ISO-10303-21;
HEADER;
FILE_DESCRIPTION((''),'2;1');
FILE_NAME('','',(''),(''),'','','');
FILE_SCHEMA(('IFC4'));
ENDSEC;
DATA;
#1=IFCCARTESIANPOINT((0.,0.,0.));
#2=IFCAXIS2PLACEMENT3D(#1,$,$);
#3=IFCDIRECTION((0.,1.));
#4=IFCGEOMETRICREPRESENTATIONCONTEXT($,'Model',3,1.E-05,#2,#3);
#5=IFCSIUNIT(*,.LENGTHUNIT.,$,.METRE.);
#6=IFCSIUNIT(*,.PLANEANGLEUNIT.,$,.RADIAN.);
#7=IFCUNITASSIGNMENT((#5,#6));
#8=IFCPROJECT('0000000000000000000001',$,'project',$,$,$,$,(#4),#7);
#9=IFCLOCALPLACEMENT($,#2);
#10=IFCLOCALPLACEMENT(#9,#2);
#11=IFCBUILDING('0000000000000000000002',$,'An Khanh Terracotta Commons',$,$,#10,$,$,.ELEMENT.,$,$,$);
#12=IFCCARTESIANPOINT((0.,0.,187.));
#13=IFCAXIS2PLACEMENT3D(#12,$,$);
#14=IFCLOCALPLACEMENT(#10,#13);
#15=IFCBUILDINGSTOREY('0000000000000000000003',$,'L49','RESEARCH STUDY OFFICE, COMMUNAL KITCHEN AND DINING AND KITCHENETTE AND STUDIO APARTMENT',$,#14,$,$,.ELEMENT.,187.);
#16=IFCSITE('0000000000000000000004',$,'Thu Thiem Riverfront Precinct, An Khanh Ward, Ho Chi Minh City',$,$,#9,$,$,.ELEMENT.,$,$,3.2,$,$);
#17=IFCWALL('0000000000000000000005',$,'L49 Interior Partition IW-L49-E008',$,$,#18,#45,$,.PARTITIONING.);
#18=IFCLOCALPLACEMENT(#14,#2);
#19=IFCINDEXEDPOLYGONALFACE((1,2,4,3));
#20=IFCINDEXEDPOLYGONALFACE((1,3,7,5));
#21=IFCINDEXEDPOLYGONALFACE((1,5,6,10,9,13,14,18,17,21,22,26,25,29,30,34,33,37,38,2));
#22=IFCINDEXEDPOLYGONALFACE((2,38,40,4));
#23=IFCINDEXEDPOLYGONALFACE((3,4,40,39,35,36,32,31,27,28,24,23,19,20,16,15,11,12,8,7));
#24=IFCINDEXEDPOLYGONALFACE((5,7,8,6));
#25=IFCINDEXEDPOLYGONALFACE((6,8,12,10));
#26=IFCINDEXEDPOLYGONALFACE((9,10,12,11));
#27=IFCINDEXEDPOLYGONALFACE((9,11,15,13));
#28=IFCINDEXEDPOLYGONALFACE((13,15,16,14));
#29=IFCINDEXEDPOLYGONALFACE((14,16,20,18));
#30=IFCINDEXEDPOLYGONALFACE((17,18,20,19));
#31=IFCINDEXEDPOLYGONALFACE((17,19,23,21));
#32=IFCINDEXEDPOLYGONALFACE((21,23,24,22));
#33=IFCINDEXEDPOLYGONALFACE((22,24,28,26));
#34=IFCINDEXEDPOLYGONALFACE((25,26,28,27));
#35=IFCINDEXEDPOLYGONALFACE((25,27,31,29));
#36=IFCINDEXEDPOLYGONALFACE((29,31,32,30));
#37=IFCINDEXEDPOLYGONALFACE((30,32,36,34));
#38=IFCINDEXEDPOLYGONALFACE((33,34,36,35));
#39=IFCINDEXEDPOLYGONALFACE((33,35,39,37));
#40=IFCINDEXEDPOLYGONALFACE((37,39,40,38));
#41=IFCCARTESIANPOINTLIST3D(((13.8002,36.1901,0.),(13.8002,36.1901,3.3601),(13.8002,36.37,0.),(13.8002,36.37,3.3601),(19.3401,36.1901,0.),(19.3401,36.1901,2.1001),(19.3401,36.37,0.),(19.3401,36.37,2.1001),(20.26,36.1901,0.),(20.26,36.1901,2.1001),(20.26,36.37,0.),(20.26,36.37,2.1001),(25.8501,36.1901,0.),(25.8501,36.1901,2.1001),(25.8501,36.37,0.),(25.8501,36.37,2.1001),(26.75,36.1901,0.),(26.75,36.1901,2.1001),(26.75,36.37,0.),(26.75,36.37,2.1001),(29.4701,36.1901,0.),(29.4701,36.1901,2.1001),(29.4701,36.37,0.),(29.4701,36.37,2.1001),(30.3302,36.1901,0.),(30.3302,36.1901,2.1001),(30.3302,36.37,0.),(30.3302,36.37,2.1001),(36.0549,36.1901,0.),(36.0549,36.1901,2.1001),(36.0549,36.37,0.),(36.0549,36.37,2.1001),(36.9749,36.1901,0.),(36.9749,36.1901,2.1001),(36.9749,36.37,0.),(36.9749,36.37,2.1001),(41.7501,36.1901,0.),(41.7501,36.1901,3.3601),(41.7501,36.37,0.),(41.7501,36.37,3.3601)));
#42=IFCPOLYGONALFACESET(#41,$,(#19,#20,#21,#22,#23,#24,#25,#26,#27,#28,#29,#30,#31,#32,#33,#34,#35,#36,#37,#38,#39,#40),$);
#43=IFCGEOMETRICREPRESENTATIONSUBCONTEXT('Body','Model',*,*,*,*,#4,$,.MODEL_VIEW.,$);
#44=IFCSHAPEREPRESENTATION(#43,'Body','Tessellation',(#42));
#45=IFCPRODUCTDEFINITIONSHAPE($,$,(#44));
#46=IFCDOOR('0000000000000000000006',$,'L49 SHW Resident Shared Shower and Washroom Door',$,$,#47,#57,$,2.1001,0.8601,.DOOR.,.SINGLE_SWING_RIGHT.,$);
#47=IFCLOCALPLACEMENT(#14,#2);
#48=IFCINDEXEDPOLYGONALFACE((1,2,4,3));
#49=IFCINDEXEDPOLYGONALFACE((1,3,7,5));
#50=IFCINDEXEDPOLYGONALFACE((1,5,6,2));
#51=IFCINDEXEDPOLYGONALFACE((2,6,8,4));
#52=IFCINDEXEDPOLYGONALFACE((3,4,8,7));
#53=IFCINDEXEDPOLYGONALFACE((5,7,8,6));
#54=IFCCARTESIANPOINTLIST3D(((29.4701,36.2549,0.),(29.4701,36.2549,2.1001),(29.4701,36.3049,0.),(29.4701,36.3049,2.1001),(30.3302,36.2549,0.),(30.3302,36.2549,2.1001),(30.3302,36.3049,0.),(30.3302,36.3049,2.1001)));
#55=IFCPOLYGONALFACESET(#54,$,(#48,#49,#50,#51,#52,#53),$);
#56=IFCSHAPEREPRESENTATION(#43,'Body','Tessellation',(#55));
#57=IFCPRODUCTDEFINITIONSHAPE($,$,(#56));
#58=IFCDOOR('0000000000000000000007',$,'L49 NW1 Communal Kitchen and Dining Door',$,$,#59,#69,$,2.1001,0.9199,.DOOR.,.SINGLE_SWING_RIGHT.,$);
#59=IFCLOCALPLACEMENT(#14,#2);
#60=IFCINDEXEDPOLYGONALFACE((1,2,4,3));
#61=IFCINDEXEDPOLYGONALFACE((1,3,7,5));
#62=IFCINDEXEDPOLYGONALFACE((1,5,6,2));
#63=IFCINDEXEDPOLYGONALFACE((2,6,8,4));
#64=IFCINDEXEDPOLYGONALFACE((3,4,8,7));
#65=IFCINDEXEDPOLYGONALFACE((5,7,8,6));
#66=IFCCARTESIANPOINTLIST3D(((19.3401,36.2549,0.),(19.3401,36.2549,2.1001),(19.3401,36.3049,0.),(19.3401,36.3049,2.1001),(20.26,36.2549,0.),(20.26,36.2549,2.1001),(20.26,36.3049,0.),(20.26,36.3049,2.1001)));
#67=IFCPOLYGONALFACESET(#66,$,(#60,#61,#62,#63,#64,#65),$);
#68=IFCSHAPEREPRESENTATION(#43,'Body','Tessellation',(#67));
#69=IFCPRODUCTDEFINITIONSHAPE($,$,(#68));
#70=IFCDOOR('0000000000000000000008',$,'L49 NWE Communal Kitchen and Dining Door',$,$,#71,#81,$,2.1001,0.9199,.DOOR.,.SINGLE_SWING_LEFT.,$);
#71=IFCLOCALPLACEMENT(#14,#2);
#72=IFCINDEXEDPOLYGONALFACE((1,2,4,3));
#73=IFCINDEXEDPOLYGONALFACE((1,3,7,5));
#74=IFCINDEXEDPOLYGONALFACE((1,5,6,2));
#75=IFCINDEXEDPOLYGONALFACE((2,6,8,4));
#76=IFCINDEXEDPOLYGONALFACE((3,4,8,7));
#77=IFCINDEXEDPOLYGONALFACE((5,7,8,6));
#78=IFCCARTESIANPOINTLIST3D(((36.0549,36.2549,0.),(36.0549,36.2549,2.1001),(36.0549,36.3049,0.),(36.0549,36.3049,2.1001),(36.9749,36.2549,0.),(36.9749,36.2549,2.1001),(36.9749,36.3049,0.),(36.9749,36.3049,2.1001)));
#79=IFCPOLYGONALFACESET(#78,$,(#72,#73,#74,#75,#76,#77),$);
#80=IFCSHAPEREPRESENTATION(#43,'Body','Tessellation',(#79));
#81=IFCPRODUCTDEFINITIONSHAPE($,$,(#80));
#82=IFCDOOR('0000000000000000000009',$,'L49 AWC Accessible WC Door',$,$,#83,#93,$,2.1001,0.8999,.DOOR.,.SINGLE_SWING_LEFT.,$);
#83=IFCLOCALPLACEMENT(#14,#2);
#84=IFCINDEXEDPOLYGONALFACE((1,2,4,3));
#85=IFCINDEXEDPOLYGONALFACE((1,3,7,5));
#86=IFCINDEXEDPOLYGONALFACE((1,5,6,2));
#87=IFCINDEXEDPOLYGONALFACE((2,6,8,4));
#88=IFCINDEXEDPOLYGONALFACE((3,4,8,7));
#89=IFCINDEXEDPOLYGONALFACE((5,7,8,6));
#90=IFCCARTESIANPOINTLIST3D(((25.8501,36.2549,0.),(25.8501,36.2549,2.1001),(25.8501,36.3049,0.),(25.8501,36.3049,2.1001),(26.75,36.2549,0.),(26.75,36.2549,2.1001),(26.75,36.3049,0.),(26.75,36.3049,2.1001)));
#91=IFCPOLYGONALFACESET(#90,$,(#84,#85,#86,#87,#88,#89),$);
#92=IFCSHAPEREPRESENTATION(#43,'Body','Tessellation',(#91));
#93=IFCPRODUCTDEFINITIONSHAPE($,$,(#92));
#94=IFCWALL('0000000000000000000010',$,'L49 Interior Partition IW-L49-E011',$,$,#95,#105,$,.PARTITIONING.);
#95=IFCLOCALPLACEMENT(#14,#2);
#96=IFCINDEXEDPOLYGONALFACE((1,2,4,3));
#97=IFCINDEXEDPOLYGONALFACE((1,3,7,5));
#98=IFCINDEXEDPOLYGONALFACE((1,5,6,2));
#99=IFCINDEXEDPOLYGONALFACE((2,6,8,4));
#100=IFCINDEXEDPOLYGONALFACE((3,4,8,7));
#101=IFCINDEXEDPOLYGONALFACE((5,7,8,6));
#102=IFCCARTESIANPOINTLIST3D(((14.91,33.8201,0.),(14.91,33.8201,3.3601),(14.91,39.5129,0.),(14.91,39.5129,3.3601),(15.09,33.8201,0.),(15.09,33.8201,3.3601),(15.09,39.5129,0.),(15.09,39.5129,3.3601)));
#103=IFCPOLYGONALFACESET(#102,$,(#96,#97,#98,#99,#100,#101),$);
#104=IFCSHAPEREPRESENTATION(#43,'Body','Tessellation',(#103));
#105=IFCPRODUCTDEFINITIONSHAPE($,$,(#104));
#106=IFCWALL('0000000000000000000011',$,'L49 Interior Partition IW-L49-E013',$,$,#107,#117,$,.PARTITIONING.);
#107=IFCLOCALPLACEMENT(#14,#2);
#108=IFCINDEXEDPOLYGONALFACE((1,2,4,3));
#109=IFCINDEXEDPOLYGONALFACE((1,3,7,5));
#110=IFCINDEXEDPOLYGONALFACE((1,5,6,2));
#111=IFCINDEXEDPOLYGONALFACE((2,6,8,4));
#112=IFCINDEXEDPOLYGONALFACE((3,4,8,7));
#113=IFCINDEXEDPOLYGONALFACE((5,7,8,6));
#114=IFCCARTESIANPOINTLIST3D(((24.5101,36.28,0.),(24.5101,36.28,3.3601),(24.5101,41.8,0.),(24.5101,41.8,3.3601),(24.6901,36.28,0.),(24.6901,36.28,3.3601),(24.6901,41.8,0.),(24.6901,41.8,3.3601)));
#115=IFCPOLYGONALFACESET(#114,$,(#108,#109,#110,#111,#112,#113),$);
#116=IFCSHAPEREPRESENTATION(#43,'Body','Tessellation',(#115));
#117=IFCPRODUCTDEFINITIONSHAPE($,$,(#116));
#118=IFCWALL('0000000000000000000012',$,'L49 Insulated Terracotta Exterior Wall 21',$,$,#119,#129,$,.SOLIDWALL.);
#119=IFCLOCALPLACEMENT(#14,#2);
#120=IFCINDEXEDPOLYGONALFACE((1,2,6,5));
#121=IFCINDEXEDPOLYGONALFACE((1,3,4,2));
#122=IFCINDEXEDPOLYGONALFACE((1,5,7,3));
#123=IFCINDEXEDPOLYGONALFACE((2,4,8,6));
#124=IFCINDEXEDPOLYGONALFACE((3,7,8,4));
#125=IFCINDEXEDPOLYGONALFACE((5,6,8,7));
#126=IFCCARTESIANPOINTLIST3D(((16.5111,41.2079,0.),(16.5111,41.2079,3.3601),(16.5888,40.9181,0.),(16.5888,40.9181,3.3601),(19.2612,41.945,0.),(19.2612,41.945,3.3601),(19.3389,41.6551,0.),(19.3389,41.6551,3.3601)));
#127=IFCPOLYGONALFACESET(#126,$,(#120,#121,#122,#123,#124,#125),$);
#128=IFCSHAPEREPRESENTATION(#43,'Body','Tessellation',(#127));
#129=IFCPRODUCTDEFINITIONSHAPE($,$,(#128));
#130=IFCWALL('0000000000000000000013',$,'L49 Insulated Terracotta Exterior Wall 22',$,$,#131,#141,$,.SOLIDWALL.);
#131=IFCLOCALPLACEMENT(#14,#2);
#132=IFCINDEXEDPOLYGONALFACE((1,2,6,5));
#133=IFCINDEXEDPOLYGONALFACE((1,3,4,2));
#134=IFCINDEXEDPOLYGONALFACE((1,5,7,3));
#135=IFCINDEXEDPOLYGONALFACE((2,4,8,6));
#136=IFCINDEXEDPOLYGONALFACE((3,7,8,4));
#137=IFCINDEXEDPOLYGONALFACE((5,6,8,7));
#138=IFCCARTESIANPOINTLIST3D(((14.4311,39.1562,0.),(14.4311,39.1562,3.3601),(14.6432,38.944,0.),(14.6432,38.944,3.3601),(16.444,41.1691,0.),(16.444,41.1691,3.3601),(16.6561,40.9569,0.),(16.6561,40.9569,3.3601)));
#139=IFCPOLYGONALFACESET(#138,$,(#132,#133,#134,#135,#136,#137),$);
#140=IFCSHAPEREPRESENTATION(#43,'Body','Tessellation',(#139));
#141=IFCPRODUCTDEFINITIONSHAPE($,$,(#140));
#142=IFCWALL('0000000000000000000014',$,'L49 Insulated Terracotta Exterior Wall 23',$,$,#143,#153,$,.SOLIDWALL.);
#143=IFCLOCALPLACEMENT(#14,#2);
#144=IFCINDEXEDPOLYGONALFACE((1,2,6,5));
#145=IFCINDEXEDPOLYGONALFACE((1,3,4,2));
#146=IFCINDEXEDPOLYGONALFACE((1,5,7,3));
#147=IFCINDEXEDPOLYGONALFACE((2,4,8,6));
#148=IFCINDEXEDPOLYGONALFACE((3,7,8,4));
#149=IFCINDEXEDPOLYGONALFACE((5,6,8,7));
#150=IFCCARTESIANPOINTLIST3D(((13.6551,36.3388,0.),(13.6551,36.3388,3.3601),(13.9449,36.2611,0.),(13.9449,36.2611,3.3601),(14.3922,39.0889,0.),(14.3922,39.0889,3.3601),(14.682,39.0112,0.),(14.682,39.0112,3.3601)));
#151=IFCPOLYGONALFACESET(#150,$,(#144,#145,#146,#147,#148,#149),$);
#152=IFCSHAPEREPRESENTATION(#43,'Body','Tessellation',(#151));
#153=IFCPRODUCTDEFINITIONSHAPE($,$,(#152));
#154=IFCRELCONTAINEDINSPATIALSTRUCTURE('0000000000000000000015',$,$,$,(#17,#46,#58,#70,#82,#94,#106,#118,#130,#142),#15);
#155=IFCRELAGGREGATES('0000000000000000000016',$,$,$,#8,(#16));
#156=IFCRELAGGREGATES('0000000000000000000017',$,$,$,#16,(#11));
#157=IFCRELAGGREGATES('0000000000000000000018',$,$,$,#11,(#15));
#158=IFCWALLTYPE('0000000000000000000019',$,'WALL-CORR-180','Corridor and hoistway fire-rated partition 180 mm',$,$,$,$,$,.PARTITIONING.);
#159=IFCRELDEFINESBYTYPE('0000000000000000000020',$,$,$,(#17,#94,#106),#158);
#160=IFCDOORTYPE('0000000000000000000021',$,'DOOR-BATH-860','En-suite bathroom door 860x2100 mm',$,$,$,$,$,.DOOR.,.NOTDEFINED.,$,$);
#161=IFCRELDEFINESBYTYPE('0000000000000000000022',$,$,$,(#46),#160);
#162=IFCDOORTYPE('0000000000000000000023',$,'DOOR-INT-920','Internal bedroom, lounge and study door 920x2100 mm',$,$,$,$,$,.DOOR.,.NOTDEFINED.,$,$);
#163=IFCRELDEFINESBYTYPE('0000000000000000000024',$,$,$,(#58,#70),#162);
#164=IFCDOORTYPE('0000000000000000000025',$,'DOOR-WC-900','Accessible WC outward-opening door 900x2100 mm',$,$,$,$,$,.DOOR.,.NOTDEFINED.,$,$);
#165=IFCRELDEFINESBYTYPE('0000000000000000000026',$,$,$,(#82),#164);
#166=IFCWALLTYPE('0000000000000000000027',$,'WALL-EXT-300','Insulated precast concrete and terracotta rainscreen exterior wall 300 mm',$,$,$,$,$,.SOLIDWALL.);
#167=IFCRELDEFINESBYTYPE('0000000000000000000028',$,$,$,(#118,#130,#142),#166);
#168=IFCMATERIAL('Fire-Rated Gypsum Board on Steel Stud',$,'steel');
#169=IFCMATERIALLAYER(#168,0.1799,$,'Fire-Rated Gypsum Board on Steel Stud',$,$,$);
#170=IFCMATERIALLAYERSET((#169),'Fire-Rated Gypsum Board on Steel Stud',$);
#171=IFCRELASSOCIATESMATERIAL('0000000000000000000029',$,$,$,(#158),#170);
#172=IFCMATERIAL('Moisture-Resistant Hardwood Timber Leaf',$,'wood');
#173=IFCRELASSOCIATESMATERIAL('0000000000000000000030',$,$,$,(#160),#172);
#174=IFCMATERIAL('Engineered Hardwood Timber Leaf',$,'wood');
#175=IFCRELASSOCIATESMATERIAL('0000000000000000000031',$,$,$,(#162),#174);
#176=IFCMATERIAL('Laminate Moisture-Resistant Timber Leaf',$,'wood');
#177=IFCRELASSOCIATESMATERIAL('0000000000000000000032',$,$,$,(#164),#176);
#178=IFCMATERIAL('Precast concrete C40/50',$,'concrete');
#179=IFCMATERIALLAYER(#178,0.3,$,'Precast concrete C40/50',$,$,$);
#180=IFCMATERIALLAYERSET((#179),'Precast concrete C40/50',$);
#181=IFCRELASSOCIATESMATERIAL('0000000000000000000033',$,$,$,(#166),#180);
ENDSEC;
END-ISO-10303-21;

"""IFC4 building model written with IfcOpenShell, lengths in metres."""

from ifc_helpers import new_model, si_unit, direction, frame, frame_2d, origin, place, context, subcontext, project, spatial, rectangle, extrude, material, layer, layer_set, type_object, element, fill, save


model = new_model("IFC4")

# Units and contexts
model_context = context("Model", 3, precision=1e-05, world=origin(), true_north=direction((0.0, 1.0)))
body_context = subcontext(model_context, "Body", "Model", "MODEL_VIEW")
ifc_project = project(units=[si_unit("LENGTHUNIT", "METRE"), si_unit("PLANEANGLEUNIT", "RADIAN")], contexts=[model_context])

# Site, building, storey
site_placement = place(None, origin())
site = spatial("IfcSite", under=ifc_project, at=site_placement, Name="Thu Thiem Riverfront Precinct, An Khanh Ward, Ho Chi Minh City", CompositionType="ELEMENT", RefElevation=3.2)
building_placement = place(site_placement, origin())
building = spatial("IfcBuilding", under=site, at=building_placement, Name="An Khanh Terracotta Commons", CompositionType="ELEMENT")
storey_placement = place(building_placement, frame((0.0, 0.0, 187.0)))
storey = spatial("IfcBuildingStorey", under=building, at=storey_placement, Name="L49", Description="RESEARCH STUDY OFFICE, COMMUNAL KITCHEN AND DINING AND KITCHENETTE AND STUDIO APARTMENT", CompositionType="ELEMENT", Elevation=187.0)

# Shared definitions
ifc_material_1 = material(Name="Fire-Rated Gypsum Board on Steel Stud", Category="steel")
ifc_layer_1 = layer(ifc_material_1, 0.1799, Name="Fire-Rated Gypsum Board on Steel Stud")
ifc_layer_set_1 = layer_set([ifc_layer_1], Name="Fire-Rated Gypsum Board on Steel Stud")
wall_type_1 = type_object("IfcWallType", Name="WALL-CORR-180", Description="Corridor and hoistway fire-rated partition 180 mm", PredefinedType="PARTITIONING", material=ifc_layer_set_1)

# Wall, openings, doors
wall_1_placement = place(storey_placement, frame((13.8, 36.28, 0.0), z_axis=(0.0, 0.0, 1.0), x_axis=(1.0, 0.0, 0.0)))
wall_1 = element("IfcWall", 1, at=wall_1_placement, inside=storey, type_object=wall_type_1, Name="L49 Interior Partition IW-L49-E008", PredefinedType="PARTITIONING", context=body_context, shape_type="SweptSolid", body=[
    extrude(rectangle(XDim=27.95, YDim=0.1799, at=frame_2d((13.9751, 0.0))), origin(), (0.0, 0.0, 1.0), 3.3601),
])
opening_1_placement = place(wall_1_placement, frame((12.05, 0.0, 0.0)))
opening_1 = element("IfcOpeningElement", 2, at=opening_1_placement, cuts=wall_1, PredefinedType="OPENING", context=body_context, shape_type="SweptSolid", body=[
    extrude(rectangle(XDim=0.8999, YDim=2.1001, at=frame_2d((0.45, 1.05))), frame((0.0, 0.0999, 0.0), z_axis=(0.0, -1.0, 0.0), x_axis=(1.0, 0.0, 0.0)), (0.0, 0.0, 1.0), 0.2),
])
opening_2_placement = place(wall_1_placement, frame((15.6699, 0.0, 0.0)))
opening_2 = element("IfcOpeningElement", 3, at=opening_2_placement, cuts=wall_1, PredefinedType="OPENING", context=body_context, shape_type="SweptSolid", body=[
    extrude(rectangle(XDim=0.8601, YDim=2.1001, at=frame_2d((0.4302, 1.05))), frame((0.0, 0.0999, 0.0), z_axis=(0.0, -1.0, 0.0), x_axis=(1.0, 0.0, 0.0)), (0.0, 0.0, 1.0), 0.2),
])
opening_3_placement = place(wall_1_placement, frame((5.54, 0.0, 0.0)))
opening_3 = element("IfcOpeningElement", 4, at=opening_3_placement, cuts=wall_1, PredefinedType="OPENING", context=body_context, shape_type="SweptSolid", body=[
    extrude(rectangle(XDim=0.9199, YDim=2.1001, at=frame_2d((0.46, 1.05))), frame((0.0, 0.0999, 0.0), z_axis=(0.0, -1.0, 0.0), x_axis=(1.0, 0.0, 0.0)), (0.0, 0.0, 1.0), 0.2),
])
opening_4_placement = place(wall_1_placement, frame((22.2549, 0.0, 0.0)))
opening_4 = element("IfcOpeningElement", 5, at=opening_4_placement, cuts=wall_1, PredefinedType="OPENING", context=body_context, shape_type="SweptSolid", body=[
    extrude(rectangle(XDim=0.9199, YDim=2.1001, at=frame_2d((0.46, 1.05))), frame((0.0, 0.0999, 0.0), z_axis=(0.0, -1.0, 0.0), x_axis=(1.0, 0.0, 0.0)), (0.0, 0.0, 1.0), 0.2),
])
ifc_material_2 = material(Name="Moisture-Resistant Hardwood Timber Leaf", Category="wood")
door_type_1 = type_object("IfcDoorType", Name="DOOR-BATH-860", Description="En-suite bathroom door 860x2100 mm", OperationType="NOTDEFINED", PredefinedType="DOOR", material=ifc_material_2)
door_1_placement = place(opening_2_placement, origin())
door_1 = element("IfcDoor", 6, at=door_1_placement, inside=storey, type_object=door_type_1, Name="L49 SHW Resident Shared Shower and Washroom Door", OperationType="SINGLE_SWING_RIGHT", OverallHeight=2.1001, OverallWidth=0.8601, PredefinedType="DOOR", context=body_context, shape_type="SweptSolid", body=[
    extrude(rectangle(XDim=0.8601, YDim=2.1001, at=frame_2d((0.4302, 1.05))), frame((0.0, 0.0249, 0.0), z_axis=(0.0, -1.0, 0.0), x_axis=(1.0, 0.0, 0.0)), (0.0, 0.0, 1.0), 0.05),
])
fill(opening_2, door_1)
ifc_material_3 = material(Name="Engineered Hardwood Timber Leaf", Category="wood")
door_type_2 = type_object("IfcDoorType", Name="DOOR-INT-920", Description="Internal bedroom, lounge and study door 920x2100 mm", OperationType="NOTDEFINED", PredefinedType="DOOR", material=ifc_material_3)
door_2_placement = place(opening_3_placement, origin())
door_2 = element("IfcDoor", 7, at=door_2_placement, inside=storey, type_object=door_type_2, Name="L49 NW1 Communal Kitchen and Dining Door", OperationType="SINGLE_SWING_RIGHT", OverallHeight=2.1001, OverallWidth=0.9199, PredefinedType="DOOR", context=body_context, shape_type="SweptSolid", body=[
    extrude(rectangle(XDim=0.9199, YDim=2.1001, at=frame_2d((0.46, 1.05))), frame((0.0, 0.0249, 0.0), z_axis=(0.0, -1.0, 0.0), x_axis=(1.0, 0.0, 0.0)), (0.0, 0.0, 1.0), 0.05),
])
fill(opening_3, door_2)
door_3_placement = place(opening_4_placement, origin())
door_3 = element("IfcDoor", 8, at=door_3_placement, inside=storey, type_object=door_type_2, Name="L49 NWE Communal Kitchen and Dining Door", OperationType="SINGLE_SWING_LEFT", OverallHeight=2.1001, OverallWidth=0.9199, PredefinedType="DOOR", context=body_context, shape_type="SweptSolid", body=[
    extrude(rectangle(XDim=0.9199, YDim=2.1001, at=frame_2d((0.46, 1.05))), frame((0.0, 0.0249, 0.0), z_axis=(0.0, -1.0, 0.0), x_axis=(1.0, 0.0, 0.0)), (0.0, 0.0, 1.0), 0.05),
])
fill(opening_4, door_3)
ifc_material_4 = material(Name="Laminate Moisture-Resistant Timber Leaf", Category="wood")
door_type_3 = type_object("IfcDoorType", Name="DOOR-WC-900", Description="Accessible WC outward-opening door 900x2100 mm", OperationType="NOTDEFINED", PredefinedType="DOOR", material=ifc_material_4)
door_4_placement = place(opening_1_placement, origin())
door_4 = element("IfcDoor", 9, at=door_4_placement, inside=storey, type_object=door_type_3, Name="L49 AWC Accessible WC Door", OperationType="SINGLE_SWING_LEFT", OverallHeight=2.1001, OverallWidth=0.8999, PredefinedType="DOOR", context=body_context, shape_type="SweptSolid", body=[
    extrude(rectangle(XDim=0.8999, YDim=2.1001, at=frame_2d((0.45, 1.05))), frame((0.0, 0.0249, 0.0), z_axis=(0.0, -1.0, 0.0), x_axis=(1.0, 0.0, 0.0)), (0.0, 0.0, 1.0), 0.05),
])
fill(opening_1, door_4)

# Walls
wall_2_placement = place(storey_placement, frame((15.0, 33.8201, 0.0), z_axis=(0.0, 0.0, 1.0), x_axis=(0.0, 1.0, 0.0)))
element("IfcWall", 10, at=wall_2_placement, inside=storey, type_object=wall_type_1, Name="L49 Interior Partition IW-L49-E011", PredefinedType="PARTITIONING", context=body_context, shape_type="SweptSolid", body=[
    extrude(rectangle(XDim=5.6929, YDim=0.1799, at=frame_2d((2.8464, 0.0))), origin(), (0.0, 0.0, 1.0), 3.3601),
])
wall_3_placement = place(storey_placement, frame((24.6001, 36.28, 0.0), z_axis=(0.0, 0.0, 1.0), x_axis=(0.0, 1.0, 0.0)))
element("IfcWall", 11, at=wall_3_placement, inside=storey, type_object=wall_type_1, Name="L49 Interior Partition IW-L49-E013", PredefinedType="PARTITIONING", context=body_context, shape_type="SweptSolid", body=[
    extrude(rectangle(XDim=5.52, YDim=0.1799, at=frame_2d((2.76, 0.0))), origin(), (0.0, 0.0, 1.0), 3.3601),
])
ifc_material_5 = material(Name="Precast concrete C40/50", Category="concrete")
ifc_layer_2 = layer(ifc_material_5, 0.3, Name="Precast concrete C40/50")
ifc_layer_set_2 = layer_set([ifc_layer_2], Name="Precast concrete C40/50")
wall_type_2 = type_object("IfcWallType", Name="WALL-EXT-300", Description="Insulated precast concrete and terracotta rainscreen exterior wall 300 mm", PredefinedType="SOLIDWALL", material=ifc_layer_set_2)
wall_4_placement = place(storey_placement, frame((19.3, 41.8, 0.0), z_axis=(0.0, 0.0, 1.0), x_axis=(-0.965908, -0.258885, 0.0)))
element("IfcWall", 12, at=wall_4_placement, inside=storey, type_object=wall_type_2, Name="L49 Insulated Terracotta Exterior Wall 21", PredefinedType="SOLIDWALL", context=body_context, shape_type="SweptSolid", body=[
    extrude(rectangle(XDim=2.8472, YDim=0.3, at=frame_2d((1.4236, 0.0))), origin(), (0.0, 0.0, 1.0), 3.3601),
])
wall_5_placement = place(storey_placement, frame((16.55, 41.063, 0.0), z_axis=(0.0, 0.0, 1.0), x_axis=(-0.707107, -0.707107, 0.0)))
element("IfcWall", 13, at=wall_5_placement, inside=storey, type_object=wall_type_2, Name="L49 Insulated Terracotta Exterior Wall 22", PredefinedType="SOLIDWALL", context=body_context, shape_type="SweptSolid", body=[
    extrude(rectangle(XDim=2.8467, YDim=0.3, at=frame_2d((1.4233, 0.0))), origin(), (0.0, 0.0, 1.0), 3.3601),
])
wall_6_placement = place(storey_placement, frame((14.5371, 39.05, 0.0), z_axis=(0.0, 0.0, 1.0), x_axis=(-0.258885, -0.965908, 0.0)))
element("IfcWall", 14, at=wall_6_placement, inside=storey, type_object=wall_type_2, Name="L49 Insulated Terracotta Exterior Wall 23", PredefinedType="SOLIDWALL", context=body_context, shape_type="SweptSolid", body=[
    extrude(rectangle(XDim=2.8472, YDim=0.3, at=frame_2d((1.4236, 0.0))), origin(), (0.0, 0.0, 1.0), 3.3601),
])

save(model, "model.ifc")
